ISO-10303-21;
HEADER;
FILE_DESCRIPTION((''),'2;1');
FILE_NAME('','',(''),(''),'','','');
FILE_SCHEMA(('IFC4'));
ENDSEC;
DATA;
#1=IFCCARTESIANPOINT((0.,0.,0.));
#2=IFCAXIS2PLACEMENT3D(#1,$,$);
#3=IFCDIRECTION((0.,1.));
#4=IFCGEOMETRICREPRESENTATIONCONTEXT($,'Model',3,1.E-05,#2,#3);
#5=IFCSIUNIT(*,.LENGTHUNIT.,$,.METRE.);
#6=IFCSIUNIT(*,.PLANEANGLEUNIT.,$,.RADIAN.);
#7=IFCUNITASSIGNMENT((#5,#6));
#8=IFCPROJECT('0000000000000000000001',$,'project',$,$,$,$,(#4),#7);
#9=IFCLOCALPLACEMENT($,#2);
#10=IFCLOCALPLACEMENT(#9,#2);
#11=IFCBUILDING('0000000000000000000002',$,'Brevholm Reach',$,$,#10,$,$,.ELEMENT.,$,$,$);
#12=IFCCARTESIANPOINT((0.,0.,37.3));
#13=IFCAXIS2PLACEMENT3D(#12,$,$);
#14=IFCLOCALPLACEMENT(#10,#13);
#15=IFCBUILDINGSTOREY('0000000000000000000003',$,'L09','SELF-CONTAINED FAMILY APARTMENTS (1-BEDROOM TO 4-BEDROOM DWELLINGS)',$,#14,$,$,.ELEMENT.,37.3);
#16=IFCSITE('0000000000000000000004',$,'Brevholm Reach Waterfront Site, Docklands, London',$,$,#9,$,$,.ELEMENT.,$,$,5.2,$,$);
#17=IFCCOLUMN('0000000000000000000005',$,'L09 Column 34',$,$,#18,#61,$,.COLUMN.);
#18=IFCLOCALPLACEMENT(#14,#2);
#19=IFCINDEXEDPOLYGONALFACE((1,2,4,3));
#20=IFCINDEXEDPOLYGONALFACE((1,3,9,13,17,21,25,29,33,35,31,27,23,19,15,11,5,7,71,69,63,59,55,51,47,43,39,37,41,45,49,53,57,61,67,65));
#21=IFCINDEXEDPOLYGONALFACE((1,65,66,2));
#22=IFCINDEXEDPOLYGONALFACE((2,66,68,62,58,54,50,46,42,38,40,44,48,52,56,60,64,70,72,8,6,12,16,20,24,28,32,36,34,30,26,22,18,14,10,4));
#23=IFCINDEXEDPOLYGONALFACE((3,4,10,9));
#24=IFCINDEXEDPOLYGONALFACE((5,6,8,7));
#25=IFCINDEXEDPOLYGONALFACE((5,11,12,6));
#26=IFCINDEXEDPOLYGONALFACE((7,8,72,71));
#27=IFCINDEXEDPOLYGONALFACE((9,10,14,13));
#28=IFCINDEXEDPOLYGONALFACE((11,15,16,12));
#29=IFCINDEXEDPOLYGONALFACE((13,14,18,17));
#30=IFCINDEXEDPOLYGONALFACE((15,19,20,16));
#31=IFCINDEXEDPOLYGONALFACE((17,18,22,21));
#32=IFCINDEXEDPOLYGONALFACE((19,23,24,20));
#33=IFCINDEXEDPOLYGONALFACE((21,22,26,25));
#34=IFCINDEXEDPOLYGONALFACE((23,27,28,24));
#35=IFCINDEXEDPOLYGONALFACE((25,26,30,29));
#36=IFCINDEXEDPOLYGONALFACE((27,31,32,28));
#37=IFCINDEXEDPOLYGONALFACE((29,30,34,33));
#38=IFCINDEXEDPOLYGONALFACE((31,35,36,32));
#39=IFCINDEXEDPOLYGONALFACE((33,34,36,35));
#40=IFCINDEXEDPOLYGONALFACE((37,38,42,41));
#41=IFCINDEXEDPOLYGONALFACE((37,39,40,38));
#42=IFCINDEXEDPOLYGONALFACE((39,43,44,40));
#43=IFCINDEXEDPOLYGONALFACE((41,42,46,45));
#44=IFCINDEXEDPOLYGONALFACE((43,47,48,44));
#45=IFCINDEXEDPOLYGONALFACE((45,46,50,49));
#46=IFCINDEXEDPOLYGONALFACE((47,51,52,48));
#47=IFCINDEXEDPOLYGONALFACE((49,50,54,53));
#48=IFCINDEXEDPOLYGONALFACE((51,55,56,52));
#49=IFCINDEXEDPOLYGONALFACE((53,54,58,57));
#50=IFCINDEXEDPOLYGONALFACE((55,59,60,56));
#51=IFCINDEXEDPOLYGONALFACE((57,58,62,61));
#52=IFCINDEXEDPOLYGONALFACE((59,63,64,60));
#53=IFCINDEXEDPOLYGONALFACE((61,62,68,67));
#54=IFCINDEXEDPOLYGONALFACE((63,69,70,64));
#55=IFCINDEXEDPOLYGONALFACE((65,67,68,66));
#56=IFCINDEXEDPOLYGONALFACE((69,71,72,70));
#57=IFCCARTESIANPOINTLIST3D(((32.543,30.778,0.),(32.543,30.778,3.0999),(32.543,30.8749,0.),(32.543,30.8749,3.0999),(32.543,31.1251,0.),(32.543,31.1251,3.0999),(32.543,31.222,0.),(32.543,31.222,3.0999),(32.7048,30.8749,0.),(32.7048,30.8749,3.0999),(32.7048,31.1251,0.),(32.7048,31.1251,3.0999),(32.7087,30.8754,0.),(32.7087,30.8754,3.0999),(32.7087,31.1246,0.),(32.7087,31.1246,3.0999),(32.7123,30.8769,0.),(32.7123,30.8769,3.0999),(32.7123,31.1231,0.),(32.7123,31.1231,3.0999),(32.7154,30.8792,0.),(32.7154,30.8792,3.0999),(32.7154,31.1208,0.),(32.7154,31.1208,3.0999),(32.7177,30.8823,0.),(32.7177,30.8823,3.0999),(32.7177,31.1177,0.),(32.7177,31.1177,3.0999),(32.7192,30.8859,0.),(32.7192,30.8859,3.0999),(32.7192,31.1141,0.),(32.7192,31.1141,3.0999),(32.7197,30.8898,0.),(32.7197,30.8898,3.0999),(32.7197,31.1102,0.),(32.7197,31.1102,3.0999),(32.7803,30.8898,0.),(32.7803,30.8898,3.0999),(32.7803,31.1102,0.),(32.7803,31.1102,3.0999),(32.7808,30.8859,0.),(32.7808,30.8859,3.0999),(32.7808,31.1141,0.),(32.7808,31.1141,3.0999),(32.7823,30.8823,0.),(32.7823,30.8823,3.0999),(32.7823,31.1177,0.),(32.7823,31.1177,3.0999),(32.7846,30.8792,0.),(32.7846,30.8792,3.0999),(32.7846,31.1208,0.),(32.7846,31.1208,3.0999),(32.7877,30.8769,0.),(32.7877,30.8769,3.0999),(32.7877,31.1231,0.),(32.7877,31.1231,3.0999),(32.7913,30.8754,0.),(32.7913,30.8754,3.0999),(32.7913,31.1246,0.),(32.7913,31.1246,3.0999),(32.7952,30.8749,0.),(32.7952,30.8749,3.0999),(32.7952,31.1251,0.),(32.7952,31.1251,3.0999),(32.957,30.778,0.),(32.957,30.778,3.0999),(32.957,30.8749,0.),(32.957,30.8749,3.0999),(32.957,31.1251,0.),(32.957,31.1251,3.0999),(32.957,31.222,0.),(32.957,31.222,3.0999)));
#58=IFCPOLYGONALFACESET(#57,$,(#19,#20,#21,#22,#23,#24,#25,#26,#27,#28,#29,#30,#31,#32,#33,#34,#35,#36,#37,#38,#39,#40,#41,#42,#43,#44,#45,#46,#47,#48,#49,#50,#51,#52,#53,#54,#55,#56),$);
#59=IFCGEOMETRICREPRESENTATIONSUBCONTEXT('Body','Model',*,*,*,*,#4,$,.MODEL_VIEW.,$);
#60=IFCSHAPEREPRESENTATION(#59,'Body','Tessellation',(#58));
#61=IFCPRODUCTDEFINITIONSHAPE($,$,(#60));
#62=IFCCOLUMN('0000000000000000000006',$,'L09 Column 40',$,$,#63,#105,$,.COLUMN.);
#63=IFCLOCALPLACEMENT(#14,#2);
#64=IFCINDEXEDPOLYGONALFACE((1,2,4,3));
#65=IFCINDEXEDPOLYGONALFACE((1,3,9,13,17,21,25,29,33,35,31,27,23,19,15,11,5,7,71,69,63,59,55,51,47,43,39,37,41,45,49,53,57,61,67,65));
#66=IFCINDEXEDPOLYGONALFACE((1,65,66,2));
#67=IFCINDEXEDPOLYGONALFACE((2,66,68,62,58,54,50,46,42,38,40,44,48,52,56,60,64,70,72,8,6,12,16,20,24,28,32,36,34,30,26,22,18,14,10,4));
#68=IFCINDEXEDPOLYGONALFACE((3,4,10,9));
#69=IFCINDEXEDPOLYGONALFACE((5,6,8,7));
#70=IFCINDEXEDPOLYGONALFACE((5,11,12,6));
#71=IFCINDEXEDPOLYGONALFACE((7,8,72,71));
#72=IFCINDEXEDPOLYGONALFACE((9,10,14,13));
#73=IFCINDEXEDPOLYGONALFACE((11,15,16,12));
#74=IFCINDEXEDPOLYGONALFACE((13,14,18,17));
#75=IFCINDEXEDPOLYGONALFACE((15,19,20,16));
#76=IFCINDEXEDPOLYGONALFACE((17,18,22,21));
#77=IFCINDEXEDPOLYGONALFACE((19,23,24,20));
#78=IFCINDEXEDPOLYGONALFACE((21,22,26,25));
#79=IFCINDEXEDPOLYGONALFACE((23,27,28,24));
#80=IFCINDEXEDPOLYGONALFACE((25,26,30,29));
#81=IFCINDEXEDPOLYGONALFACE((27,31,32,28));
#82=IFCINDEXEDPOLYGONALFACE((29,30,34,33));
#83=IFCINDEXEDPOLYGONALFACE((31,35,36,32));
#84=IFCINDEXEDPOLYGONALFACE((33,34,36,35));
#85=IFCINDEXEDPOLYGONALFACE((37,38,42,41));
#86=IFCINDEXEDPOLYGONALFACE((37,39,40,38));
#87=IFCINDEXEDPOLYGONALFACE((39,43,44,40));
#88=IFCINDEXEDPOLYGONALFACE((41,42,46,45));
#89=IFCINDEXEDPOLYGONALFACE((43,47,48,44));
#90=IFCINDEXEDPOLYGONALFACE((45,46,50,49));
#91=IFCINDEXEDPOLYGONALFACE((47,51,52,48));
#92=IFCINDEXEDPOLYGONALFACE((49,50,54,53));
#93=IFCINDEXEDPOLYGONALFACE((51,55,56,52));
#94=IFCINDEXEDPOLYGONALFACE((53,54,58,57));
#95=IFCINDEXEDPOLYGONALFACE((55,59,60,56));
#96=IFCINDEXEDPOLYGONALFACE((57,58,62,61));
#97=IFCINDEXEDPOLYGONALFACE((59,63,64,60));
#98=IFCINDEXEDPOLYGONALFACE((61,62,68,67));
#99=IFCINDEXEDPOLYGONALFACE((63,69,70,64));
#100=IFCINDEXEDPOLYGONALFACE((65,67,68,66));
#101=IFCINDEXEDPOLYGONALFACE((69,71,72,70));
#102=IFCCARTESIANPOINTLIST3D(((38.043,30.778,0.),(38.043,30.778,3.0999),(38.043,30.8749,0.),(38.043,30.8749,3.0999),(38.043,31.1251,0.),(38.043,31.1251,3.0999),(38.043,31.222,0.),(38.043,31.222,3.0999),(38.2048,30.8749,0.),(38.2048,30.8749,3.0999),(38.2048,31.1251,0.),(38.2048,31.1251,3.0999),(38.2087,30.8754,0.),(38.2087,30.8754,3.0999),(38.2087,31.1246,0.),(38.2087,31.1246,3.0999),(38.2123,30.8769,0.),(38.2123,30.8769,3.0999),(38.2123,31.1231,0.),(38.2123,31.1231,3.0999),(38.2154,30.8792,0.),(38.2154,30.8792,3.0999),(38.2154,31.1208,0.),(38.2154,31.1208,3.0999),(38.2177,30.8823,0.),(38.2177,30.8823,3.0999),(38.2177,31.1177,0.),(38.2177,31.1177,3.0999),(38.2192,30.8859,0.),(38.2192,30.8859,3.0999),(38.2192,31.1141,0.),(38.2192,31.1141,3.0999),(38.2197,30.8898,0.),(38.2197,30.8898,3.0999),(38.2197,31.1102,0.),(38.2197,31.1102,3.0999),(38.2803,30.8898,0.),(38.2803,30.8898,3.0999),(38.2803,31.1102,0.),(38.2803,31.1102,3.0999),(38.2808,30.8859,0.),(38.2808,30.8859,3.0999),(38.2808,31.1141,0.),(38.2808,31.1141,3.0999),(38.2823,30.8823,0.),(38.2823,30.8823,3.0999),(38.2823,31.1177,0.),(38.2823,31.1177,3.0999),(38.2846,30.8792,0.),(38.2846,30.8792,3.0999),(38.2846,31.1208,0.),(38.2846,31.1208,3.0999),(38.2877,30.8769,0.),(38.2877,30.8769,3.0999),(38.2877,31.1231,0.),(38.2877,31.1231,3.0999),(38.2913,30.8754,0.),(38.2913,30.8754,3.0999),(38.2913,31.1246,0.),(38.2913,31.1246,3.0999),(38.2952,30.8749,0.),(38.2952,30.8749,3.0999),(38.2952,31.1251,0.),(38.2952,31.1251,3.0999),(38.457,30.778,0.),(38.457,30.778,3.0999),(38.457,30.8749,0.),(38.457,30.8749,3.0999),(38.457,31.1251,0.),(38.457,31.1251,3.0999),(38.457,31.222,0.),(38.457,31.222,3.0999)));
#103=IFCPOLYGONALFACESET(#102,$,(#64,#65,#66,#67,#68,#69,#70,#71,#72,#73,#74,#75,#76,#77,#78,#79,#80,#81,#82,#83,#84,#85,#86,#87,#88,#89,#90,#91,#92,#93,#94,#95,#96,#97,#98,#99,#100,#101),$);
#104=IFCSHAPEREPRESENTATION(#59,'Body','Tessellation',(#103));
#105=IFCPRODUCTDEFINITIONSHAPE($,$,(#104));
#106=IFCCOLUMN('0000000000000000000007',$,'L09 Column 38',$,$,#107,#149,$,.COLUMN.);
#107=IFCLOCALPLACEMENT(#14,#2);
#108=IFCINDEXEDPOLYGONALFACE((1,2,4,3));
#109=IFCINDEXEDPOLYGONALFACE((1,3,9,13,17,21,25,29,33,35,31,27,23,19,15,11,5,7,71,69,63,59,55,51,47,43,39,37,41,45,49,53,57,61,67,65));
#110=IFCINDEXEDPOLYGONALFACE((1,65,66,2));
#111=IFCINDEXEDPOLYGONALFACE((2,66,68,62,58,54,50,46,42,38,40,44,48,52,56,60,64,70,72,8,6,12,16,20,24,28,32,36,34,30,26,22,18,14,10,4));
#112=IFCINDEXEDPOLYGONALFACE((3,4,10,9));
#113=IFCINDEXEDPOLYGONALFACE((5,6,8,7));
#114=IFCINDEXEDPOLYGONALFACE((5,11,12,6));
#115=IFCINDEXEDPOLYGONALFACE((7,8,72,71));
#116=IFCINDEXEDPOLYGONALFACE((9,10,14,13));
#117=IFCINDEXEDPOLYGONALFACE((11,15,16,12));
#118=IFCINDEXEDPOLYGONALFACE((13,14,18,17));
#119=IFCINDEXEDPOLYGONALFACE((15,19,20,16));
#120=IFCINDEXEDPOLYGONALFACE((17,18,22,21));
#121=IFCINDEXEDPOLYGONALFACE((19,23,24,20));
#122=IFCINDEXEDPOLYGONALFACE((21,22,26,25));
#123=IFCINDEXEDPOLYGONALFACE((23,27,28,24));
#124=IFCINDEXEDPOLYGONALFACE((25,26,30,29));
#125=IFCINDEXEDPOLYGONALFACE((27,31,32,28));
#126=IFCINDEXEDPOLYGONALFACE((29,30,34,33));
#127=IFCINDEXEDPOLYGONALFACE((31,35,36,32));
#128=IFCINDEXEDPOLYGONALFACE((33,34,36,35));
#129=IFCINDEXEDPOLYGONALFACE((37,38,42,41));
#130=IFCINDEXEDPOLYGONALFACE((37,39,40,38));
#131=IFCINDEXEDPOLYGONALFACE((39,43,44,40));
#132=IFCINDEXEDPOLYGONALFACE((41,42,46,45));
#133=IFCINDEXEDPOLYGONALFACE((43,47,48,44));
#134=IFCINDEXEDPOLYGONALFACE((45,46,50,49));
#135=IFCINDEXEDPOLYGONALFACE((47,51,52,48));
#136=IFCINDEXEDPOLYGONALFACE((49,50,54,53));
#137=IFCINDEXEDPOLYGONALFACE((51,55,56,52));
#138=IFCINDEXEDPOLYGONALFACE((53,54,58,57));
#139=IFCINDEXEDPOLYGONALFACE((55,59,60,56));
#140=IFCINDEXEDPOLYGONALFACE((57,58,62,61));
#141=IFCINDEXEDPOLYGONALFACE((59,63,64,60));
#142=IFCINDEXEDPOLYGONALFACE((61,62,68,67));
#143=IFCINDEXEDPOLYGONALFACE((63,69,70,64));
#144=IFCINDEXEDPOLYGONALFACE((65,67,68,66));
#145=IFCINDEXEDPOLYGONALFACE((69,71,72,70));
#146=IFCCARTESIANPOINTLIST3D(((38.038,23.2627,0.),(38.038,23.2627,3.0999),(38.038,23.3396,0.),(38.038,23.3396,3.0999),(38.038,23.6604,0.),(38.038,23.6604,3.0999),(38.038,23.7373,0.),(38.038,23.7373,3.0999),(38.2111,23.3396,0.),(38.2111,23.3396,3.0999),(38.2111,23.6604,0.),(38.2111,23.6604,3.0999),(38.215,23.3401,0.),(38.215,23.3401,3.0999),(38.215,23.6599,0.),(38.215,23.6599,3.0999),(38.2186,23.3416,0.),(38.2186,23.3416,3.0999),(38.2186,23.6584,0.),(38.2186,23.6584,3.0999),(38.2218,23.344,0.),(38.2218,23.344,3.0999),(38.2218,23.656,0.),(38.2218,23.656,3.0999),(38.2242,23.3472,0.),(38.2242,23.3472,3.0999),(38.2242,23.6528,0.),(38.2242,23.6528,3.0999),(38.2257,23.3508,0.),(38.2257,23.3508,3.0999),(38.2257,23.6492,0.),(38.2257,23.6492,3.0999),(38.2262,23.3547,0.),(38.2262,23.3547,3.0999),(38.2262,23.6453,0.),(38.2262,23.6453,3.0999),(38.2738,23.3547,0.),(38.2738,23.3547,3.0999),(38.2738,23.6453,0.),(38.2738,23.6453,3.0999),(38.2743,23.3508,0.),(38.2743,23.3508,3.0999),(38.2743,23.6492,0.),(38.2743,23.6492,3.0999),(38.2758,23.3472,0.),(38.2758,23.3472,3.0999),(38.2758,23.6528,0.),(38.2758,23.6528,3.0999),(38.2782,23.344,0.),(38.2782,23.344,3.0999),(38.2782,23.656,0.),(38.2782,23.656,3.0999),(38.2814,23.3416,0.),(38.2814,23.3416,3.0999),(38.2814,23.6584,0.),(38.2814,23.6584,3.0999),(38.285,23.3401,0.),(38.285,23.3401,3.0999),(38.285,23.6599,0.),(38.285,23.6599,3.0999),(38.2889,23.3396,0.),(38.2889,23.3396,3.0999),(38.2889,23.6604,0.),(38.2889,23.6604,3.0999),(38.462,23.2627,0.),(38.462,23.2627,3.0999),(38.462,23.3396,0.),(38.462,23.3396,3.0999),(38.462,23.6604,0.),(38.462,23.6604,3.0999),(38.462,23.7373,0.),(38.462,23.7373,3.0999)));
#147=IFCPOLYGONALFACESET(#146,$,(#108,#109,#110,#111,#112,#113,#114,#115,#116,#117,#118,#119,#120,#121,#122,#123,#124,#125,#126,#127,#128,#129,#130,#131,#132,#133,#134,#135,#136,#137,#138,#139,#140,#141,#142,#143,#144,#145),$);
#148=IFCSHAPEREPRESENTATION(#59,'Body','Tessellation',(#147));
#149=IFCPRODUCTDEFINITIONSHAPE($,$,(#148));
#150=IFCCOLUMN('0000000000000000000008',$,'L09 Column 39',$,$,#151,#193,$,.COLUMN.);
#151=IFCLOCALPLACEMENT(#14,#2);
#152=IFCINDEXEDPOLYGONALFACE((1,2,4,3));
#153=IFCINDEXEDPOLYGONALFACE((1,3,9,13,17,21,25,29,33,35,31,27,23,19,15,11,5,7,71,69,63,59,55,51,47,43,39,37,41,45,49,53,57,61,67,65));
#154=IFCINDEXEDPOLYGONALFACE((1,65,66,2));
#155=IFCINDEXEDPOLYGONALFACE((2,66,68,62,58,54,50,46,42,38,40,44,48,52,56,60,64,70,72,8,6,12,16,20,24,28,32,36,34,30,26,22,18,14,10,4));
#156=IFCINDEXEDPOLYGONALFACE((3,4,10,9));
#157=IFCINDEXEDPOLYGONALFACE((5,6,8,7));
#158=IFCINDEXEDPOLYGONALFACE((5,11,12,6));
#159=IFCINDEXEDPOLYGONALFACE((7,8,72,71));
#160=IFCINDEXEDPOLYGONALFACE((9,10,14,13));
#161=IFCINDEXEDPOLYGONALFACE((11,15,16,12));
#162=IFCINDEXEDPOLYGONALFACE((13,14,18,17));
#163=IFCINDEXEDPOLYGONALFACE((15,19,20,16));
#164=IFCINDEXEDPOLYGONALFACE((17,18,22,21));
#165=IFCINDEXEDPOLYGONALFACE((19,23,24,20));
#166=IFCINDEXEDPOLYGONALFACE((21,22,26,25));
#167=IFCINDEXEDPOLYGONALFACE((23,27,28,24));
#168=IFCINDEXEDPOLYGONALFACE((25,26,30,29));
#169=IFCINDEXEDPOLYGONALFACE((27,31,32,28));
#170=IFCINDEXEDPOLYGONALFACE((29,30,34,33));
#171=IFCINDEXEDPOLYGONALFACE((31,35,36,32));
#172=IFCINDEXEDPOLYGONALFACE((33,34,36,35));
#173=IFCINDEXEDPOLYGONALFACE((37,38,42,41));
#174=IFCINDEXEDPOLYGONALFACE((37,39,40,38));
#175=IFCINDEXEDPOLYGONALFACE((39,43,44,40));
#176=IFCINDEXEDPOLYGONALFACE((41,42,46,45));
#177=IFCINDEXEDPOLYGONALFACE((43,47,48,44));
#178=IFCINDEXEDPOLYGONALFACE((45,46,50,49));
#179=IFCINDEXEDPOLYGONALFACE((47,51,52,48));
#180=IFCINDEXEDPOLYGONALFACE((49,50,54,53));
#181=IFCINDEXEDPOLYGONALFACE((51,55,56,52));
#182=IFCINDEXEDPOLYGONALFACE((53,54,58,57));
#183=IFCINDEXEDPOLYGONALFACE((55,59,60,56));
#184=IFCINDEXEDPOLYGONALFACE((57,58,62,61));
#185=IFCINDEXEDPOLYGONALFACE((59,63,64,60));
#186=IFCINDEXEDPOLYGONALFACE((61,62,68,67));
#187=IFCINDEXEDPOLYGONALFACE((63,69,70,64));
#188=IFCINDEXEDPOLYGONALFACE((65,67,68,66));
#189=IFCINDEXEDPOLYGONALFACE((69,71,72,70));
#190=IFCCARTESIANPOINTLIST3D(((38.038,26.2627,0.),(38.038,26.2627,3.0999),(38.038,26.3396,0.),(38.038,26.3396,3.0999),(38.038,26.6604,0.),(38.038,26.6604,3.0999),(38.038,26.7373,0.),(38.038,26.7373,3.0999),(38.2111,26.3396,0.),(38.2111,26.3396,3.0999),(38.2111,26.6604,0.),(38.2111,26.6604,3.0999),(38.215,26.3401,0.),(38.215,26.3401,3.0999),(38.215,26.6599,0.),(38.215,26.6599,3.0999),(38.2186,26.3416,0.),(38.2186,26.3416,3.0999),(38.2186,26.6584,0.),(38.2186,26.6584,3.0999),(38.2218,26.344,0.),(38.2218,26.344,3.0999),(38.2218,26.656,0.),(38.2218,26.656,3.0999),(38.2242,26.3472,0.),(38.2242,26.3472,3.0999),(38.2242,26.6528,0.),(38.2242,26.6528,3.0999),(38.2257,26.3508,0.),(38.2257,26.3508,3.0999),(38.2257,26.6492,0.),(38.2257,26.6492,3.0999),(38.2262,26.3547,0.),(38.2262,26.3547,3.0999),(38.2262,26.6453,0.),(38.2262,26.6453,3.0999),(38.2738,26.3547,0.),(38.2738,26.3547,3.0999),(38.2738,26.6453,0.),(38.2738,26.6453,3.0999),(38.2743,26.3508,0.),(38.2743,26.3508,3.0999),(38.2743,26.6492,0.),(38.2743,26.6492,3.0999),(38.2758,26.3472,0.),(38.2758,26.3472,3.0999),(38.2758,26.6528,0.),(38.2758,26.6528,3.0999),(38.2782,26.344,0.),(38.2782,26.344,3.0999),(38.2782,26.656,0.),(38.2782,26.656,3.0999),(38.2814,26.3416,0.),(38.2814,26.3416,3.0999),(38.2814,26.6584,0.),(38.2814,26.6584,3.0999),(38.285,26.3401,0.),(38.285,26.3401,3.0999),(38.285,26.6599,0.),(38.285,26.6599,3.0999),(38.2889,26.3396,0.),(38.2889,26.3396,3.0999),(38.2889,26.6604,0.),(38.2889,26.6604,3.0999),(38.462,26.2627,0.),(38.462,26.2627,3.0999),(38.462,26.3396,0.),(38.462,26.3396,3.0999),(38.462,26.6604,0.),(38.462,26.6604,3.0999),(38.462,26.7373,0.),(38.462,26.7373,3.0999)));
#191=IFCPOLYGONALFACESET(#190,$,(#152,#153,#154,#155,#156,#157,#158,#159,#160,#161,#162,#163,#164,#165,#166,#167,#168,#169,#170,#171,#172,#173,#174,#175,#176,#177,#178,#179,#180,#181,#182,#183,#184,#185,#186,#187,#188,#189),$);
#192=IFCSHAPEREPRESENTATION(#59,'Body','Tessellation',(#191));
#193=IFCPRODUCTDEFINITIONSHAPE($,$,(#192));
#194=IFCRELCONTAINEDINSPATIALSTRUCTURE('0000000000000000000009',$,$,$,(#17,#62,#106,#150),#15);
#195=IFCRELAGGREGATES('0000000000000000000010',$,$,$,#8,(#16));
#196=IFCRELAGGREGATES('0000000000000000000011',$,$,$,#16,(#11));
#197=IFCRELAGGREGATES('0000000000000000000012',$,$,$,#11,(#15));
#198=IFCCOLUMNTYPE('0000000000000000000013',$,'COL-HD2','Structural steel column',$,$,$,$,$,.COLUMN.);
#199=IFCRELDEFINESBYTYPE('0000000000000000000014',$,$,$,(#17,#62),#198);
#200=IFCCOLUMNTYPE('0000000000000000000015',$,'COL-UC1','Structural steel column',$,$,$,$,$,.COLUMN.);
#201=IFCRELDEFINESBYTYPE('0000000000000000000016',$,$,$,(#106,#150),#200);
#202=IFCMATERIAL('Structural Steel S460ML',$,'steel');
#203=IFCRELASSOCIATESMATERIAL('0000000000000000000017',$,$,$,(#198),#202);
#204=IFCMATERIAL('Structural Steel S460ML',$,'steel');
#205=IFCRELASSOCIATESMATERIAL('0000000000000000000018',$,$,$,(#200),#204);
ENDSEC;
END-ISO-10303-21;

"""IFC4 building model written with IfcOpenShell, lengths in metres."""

from ifc_helpers import new_model, si_unit, direction, frame, origin, origin_2d, place, context, subcontext, project, spatial, i_section, extrude, material, material_profile, profile_set, type_object, element, save


model = new_model("IFC4")

# Units and contexts
model_context = context("Model", 3, precision=1e-05, world=origin(), true_north=direction((0.0, 1.0)))
body_context = subcontext(model_context, "Body", "Model", "MODEL_VIEW")
ifc_project = project(units=[si_unit("LENGTHUNIT", "METRE"), si_unit("PLANEANGLEUNIT", "RADIAN")], contexts=[model_context])

# Site, building, storey
site_placement = place(None, origin())
site = spatial("IfcSite", under=ifc_project, at=site_placement, Name="Brevholm Reach Waterfront Site, Docklands, London", CompositionType="ELEMENT", RefElevation=5.2)
building_placement = place(site_placement, origin())
building = spatial("IfcBuilding", under=site, at=building_placement, Name="Brevholm Reach", CompositionType="ELEMENT")
storey_placement = place(building_placement, frame((0.0, 0.0, 37.3)))
storey = spatial("IfcBuildingStorey", under=building, at=storey_placement, Name="L09", Description="SELF-CONTAINED FAMILY APARTMENTS (1-BEDROOM TO 4-BEDROOM DWELLINGS)", CompositionType="ELEMENT", Elevation=37.3)

# Columns
ifc_material_1 = material(Name="Structural Steel S460ML", Category="steel")
ifc_material_profile_1 = material_profile(ifc_material_1, i_section(OverallWidth=0.4141, OverallDepth=0.4441, WebThickness=0.0605, FlangeThickness=0.0969, FilletRadius=0.0149, at=origin_2d()), Name="HD 400x818")
ifc_profile_set_1 = profile_set([ifc_material_profile_1], Name="Structural Steel S460ML")
column_type_1 = type_object("IfcColumnType", Name="COL-HD2", Description="Structural steel column", PredefinedType="COLUMN", material=ifc_profile_set_1)
for number, where, z_axis, x_axis, name in (
    (1, (32.75, 31.0, 0.0), (0.0, 0.0, 1.0), (1.0, 0.0, 0.0), "L09 Column 34"),
    (2, (38.25, 31.0, 0.0), (0.0, 0.0, 1.0), (1.0, 0.0, 0.0), "L09 Column 40"),
):
    element("IfcColumn", number, at=place(storey_placement, frame(where, z_axis=z_axis, x_axis=x_axis)), inside=storey, type_object=column_type_1, Name=name, PredefinedType="COLUMN", context=body_context, shape_type="SweptSolid", body=[
        extrude(i_section(OverallWidth=0.4141, OverallDepth=0.4441, WebThickness=0.0605, FlangeThickness=0.0969, FilletRadius=0.0149, at=origin_2d()), origin(), (0.0, 0.0, 1.0), 3.0999),
    ])
ifc_material_2 = material(Name="Structural Steel S460ML", Category="steel")
ifc_material_profile_2 = material_profile(ifc_material_2, i_section(OverallWidth=0.4241, OverallDepth=0.4746, WebThickness=0.0476, FlangeThickness=0.0769, FilletRadius=0.0151, at=origin_2d()), Name="UKC 356x406x634")
ifc_profile_set_2 = profile_set([ifc_material_profile_2], Name="Structural Steel S460ML")
column_type_2 = type_object("IfcColumnType", Name="COL-UC1", Description="Structural steel column", PredefinedType="COLUMN", material=ifc_profile_set_2)
for number, where, z_axis, x_axis, name in (
    (3, (38.25, 23.5, 0.0), (0.0, 0.0, 1.0), (1.0, 0.0, 0.0), "L09 Column 38"),
    (4, (38.25, 26.5, 0.0), (0.0, 0.0, 1.0), (1.0, 0.0, 0.0), "L09 Column 39"),
):
    element("IfcColumn", number, at=place(storey_placement, frame(where, z_axis=z_axis, x_axis=x_axis)), inside=storey, type_object=column_type_2, Name=name, PredefinedType="COLUMN", context=body_context, shape_type="SweptSolid", body=[
        extrude(i_section(OverallWidth=0.4241, OverallDepth=0.4746, WebThickness=0.0476, FlangeThickness=0.0769, FilletRadius=0.0151, at=origin_2d()), origin(), (0.0, 0.0, 1.0), 3.0999),
    ])

save(model, "model.ifc")
